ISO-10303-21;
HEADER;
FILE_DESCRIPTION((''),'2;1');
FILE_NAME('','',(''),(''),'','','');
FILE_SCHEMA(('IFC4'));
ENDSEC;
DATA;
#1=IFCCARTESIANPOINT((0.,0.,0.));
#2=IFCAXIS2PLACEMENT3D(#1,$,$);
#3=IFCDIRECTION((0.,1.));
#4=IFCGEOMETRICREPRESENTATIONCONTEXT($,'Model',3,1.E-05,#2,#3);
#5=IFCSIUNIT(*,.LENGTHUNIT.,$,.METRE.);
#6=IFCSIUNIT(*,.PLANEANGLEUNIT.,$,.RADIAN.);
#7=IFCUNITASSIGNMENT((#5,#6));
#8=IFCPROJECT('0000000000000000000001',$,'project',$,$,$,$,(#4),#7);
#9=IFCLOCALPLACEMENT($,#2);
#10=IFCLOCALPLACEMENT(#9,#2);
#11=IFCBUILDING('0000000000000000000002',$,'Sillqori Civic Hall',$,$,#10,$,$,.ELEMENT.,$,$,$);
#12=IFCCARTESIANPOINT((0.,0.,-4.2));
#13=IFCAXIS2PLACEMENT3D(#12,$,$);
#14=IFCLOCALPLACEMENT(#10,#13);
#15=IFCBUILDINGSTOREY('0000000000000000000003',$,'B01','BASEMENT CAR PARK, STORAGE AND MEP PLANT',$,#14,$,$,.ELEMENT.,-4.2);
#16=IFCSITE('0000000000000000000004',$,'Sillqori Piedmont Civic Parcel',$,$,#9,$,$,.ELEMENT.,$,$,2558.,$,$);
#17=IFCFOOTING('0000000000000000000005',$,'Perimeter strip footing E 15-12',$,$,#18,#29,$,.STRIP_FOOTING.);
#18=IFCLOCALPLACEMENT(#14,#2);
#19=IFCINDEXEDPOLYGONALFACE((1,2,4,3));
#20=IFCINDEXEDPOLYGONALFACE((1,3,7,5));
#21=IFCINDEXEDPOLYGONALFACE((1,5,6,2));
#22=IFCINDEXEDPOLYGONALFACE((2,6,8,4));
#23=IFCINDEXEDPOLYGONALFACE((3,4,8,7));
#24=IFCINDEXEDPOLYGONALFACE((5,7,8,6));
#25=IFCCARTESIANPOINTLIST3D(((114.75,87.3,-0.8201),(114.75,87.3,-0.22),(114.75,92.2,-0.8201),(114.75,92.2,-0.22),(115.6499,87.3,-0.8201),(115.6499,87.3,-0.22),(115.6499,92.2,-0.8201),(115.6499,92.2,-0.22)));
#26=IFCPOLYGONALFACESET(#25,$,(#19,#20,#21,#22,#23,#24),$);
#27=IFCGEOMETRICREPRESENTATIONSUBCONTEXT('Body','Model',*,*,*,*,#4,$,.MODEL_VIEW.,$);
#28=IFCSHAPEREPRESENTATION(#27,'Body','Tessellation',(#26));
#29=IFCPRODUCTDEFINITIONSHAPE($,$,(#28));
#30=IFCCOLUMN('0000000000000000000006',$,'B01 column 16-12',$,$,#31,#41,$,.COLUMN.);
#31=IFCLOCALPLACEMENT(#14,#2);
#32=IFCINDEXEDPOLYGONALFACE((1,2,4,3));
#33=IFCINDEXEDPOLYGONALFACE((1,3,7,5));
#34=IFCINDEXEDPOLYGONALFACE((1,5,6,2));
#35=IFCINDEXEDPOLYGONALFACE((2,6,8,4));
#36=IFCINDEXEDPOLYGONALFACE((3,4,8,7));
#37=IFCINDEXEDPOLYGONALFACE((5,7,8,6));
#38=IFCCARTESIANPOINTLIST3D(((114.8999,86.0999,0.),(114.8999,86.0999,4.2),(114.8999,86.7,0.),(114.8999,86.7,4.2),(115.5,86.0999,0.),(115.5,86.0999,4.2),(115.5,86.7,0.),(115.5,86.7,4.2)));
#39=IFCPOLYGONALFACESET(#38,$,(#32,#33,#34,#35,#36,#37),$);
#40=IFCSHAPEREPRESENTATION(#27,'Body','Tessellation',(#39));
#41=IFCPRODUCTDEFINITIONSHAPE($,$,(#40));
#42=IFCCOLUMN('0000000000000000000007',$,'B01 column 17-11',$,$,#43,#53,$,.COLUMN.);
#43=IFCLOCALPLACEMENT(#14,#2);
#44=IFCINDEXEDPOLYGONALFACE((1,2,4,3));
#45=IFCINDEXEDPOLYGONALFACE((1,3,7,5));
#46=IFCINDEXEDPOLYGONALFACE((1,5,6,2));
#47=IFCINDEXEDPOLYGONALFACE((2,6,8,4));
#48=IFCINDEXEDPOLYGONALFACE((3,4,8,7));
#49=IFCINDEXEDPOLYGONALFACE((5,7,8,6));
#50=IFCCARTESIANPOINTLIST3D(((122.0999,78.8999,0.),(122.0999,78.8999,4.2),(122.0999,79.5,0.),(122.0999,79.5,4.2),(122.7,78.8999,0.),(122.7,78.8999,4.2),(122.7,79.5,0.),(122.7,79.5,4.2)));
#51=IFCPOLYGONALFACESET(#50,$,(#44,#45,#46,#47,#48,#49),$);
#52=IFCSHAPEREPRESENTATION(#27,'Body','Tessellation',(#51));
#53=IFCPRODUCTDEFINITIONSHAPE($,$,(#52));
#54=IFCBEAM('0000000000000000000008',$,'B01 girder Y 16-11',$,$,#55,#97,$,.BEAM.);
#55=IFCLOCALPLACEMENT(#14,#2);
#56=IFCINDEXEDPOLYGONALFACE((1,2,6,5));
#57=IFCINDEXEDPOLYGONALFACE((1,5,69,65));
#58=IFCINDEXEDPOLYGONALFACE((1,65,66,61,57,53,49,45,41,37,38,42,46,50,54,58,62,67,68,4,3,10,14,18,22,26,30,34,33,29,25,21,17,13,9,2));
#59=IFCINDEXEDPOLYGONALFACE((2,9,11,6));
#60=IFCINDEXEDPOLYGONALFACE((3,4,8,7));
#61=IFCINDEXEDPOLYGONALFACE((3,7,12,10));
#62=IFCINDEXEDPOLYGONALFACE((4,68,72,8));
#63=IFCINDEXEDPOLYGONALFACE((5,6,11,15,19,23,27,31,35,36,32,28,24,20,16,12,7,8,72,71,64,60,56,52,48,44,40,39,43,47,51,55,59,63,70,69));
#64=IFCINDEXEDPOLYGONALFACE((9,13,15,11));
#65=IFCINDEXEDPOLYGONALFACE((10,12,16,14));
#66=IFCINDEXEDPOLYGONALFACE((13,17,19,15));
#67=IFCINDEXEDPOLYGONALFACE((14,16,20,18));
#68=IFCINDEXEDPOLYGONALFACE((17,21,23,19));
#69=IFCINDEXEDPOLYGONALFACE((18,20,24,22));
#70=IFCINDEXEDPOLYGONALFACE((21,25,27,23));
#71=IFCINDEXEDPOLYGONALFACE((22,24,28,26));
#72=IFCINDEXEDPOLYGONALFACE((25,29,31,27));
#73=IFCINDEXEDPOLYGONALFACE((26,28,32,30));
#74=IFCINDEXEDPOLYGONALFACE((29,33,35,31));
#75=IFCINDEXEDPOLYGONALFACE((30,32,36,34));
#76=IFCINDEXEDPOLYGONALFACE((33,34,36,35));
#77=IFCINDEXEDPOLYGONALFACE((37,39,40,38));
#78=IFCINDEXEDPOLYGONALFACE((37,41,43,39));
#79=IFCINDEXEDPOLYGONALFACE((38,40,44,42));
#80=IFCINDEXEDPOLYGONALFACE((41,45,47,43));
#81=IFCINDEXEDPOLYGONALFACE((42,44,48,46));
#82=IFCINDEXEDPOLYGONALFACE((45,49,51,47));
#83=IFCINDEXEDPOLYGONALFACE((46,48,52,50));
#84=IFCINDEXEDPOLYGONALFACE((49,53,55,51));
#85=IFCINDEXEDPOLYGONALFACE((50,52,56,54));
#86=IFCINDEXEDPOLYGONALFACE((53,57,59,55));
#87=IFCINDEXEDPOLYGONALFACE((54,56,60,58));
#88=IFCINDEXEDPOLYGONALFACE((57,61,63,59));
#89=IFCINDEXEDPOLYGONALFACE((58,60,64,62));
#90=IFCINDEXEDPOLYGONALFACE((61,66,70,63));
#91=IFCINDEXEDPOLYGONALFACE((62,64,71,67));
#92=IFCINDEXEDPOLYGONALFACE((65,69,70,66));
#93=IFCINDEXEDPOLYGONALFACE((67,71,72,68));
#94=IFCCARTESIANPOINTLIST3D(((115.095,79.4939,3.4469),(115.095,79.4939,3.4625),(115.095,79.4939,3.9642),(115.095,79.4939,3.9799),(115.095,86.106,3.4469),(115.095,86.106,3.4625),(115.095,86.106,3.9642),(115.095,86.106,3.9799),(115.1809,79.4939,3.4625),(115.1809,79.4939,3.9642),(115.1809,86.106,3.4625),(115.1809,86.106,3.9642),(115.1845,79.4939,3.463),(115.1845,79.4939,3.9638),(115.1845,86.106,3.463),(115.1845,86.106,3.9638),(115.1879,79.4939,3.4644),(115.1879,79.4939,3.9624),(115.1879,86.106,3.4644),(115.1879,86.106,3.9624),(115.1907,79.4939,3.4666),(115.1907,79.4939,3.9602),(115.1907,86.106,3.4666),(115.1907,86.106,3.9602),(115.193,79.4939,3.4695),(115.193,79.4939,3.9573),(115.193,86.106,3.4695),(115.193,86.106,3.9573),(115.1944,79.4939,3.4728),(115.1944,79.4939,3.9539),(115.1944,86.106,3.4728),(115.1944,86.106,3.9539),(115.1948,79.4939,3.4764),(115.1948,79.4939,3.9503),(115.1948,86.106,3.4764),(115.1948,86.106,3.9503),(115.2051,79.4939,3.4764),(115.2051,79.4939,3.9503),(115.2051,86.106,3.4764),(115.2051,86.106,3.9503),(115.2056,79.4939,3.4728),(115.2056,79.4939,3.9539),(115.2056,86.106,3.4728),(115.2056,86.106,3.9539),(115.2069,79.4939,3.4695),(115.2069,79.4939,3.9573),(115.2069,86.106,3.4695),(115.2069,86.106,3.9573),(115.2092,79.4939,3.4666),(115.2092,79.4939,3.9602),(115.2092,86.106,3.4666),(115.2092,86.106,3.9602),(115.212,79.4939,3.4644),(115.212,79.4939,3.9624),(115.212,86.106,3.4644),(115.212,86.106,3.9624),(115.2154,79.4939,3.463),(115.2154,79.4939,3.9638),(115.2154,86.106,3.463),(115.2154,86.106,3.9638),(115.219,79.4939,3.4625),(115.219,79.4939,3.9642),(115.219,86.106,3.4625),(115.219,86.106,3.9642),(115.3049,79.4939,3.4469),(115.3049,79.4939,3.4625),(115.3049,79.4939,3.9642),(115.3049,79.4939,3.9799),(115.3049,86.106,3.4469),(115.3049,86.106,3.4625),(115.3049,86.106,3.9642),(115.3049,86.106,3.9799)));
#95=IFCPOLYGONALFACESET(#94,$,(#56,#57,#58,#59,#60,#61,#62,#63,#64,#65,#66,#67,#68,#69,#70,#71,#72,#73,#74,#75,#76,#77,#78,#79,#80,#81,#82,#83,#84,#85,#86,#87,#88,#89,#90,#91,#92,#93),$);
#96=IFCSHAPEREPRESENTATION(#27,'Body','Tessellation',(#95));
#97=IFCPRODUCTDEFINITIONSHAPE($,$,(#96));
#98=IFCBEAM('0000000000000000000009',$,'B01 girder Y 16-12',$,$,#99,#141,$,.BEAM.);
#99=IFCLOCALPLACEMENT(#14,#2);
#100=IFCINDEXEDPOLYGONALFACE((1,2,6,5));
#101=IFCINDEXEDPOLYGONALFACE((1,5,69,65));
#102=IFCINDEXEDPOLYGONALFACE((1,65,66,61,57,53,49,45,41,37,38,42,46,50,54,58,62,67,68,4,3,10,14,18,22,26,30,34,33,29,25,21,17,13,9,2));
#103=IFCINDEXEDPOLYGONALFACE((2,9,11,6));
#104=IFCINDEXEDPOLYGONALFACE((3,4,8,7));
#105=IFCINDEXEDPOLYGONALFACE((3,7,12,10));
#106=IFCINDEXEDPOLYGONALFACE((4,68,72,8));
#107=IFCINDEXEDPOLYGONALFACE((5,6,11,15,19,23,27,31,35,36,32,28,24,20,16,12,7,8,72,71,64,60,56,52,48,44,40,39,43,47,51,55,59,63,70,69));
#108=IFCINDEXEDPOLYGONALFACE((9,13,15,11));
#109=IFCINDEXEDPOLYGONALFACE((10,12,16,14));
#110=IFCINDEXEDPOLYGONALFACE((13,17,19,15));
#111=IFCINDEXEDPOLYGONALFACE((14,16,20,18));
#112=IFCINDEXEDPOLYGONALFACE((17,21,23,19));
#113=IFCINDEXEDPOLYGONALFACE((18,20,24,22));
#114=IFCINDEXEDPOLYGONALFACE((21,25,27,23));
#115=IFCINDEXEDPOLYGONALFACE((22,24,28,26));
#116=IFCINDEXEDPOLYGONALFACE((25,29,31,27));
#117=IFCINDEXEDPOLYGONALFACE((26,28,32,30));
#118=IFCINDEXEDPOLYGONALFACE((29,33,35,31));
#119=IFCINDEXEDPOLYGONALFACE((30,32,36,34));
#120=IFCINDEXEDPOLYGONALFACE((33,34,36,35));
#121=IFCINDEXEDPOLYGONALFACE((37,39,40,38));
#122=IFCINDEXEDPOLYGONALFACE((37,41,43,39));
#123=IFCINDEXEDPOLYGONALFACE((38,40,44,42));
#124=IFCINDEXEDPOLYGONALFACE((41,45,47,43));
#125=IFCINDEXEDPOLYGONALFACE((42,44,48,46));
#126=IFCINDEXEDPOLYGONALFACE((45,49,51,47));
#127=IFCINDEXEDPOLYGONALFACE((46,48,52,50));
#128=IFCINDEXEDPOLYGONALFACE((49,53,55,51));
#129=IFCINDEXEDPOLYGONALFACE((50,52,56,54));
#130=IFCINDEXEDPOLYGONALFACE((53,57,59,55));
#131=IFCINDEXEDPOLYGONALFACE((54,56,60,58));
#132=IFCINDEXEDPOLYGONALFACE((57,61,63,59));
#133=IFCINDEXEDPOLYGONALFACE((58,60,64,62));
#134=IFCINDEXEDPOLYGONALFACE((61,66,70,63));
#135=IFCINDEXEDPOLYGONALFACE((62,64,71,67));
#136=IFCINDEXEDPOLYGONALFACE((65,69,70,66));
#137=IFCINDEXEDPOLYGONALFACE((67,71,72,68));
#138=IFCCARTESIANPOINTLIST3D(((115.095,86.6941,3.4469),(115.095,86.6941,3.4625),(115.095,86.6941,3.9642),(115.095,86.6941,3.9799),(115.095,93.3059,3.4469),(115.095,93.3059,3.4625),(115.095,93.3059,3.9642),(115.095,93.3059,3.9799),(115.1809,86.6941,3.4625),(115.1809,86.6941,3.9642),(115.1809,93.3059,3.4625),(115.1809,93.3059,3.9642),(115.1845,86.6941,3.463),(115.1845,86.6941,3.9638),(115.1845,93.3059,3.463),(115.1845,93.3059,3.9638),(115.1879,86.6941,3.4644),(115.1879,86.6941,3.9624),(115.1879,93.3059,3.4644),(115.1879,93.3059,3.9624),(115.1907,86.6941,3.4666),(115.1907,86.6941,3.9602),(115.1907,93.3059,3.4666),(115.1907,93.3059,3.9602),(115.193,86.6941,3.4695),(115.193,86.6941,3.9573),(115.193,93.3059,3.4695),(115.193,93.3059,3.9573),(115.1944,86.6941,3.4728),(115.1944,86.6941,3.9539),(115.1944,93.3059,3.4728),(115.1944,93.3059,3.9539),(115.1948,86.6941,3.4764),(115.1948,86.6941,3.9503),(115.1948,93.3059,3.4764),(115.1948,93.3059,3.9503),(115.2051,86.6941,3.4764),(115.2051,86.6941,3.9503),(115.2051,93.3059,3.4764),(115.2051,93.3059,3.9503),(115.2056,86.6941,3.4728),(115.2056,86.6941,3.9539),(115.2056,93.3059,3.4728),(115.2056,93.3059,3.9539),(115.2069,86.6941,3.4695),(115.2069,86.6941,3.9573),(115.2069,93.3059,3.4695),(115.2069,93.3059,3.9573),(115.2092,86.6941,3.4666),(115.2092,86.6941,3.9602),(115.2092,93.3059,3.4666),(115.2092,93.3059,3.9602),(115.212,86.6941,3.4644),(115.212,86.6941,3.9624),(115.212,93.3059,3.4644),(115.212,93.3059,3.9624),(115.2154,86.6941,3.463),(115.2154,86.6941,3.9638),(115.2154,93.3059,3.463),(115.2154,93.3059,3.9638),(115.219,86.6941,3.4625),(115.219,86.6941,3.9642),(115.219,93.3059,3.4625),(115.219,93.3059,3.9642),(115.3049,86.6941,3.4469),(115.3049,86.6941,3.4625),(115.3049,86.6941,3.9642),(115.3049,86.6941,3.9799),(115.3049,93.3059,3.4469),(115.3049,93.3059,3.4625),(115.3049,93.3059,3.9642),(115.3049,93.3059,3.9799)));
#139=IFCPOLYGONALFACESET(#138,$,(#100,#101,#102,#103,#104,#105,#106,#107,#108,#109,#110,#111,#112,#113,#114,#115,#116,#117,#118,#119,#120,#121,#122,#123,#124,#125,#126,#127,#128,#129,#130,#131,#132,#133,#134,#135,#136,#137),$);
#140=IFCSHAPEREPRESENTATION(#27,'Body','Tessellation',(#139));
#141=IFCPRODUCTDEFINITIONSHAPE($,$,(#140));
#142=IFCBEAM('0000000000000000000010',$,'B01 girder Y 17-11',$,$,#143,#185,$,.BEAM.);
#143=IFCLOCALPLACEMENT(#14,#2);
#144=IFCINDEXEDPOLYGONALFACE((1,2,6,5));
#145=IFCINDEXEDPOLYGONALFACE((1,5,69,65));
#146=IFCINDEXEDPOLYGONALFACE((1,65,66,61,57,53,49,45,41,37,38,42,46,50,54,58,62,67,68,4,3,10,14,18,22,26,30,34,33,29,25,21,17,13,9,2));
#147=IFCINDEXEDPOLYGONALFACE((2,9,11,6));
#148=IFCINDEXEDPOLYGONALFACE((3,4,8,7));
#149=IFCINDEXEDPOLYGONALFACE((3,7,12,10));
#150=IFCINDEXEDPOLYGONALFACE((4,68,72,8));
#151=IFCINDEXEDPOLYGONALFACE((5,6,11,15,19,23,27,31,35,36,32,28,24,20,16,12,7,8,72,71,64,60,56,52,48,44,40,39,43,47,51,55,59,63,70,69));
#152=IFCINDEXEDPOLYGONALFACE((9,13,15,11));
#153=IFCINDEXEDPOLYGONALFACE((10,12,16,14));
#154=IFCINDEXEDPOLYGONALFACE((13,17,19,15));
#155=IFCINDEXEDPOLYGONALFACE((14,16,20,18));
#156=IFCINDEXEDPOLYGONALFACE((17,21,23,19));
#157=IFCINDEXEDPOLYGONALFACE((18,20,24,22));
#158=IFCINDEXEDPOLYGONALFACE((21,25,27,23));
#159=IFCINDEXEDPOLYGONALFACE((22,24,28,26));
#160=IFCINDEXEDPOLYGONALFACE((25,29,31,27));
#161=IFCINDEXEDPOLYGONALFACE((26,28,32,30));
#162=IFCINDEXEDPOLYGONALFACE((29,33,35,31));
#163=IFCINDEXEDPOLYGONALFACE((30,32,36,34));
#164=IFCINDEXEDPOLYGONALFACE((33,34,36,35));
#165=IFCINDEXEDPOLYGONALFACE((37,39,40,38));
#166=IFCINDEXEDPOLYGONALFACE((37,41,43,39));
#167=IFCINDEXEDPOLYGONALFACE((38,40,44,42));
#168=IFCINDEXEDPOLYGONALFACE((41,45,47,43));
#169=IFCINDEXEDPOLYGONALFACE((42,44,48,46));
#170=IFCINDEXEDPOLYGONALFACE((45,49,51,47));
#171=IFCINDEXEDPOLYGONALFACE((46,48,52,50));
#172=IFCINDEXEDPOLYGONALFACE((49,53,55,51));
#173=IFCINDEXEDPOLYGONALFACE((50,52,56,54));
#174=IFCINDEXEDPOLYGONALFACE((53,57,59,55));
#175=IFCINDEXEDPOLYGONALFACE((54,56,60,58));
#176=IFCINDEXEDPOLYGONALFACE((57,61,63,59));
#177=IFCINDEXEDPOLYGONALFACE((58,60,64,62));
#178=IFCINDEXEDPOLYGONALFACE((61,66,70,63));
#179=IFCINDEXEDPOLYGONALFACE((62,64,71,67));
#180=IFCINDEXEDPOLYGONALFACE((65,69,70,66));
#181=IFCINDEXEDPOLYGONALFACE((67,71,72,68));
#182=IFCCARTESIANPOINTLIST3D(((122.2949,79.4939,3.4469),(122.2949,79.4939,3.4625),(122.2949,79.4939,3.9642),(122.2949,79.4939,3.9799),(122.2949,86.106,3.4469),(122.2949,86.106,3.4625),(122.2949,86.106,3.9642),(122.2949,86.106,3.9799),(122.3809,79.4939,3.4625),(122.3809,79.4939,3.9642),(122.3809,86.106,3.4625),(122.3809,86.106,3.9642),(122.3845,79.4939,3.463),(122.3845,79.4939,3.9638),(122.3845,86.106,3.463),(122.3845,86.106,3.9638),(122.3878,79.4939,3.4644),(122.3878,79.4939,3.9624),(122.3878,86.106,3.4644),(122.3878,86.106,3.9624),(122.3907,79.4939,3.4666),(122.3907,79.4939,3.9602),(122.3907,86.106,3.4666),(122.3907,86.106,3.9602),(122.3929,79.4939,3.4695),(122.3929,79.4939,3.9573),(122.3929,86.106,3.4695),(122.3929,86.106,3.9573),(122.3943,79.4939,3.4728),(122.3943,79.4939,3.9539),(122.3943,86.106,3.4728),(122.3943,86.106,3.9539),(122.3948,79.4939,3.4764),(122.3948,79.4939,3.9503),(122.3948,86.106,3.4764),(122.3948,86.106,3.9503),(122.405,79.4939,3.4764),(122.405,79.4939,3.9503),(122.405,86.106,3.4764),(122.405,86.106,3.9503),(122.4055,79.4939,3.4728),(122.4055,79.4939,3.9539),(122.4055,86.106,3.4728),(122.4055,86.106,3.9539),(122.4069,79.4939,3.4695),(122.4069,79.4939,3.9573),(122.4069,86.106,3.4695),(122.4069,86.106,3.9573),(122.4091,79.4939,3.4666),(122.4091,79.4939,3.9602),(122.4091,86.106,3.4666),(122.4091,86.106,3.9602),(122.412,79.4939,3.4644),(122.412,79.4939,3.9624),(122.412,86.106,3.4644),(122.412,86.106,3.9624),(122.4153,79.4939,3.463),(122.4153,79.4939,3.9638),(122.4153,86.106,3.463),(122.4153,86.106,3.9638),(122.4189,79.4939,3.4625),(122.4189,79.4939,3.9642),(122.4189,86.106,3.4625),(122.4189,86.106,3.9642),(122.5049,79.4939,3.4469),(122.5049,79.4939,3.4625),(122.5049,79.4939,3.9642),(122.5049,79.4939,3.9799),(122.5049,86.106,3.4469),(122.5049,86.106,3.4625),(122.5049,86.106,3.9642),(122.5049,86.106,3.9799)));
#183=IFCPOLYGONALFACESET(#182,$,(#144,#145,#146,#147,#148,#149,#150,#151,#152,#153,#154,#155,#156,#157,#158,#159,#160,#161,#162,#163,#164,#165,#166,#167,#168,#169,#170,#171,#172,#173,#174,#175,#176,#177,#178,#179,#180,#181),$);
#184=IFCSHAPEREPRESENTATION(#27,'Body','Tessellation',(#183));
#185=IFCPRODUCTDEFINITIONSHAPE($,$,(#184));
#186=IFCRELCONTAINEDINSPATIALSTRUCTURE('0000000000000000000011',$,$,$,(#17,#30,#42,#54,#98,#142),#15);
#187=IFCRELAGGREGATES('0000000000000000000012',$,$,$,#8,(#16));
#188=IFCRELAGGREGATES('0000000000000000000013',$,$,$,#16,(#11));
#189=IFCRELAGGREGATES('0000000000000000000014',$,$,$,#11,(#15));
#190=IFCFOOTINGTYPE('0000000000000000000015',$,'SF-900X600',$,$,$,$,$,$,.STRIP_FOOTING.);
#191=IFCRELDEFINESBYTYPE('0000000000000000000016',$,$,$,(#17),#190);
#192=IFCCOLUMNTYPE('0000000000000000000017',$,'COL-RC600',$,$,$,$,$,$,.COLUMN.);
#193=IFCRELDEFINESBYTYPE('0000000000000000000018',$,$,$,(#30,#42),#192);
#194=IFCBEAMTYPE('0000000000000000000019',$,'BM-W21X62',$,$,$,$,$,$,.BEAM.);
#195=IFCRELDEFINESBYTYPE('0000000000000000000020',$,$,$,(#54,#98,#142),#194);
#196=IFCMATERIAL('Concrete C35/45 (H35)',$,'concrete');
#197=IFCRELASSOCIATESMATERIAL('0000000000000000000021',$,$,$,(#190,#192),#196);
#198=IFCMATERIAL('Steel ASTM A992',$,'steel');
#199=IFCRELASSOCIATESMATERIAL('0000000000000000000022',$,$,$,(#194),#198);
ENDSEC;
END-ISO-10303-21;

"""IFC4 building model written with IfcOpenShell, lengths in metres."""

from ifc_helpers import new_model, si_unit, direction, frame, origin, origin_2d, place, context, subcontext, project, spatial, rectangle, i_section, extrude, material, material_profile, profile_set, type_object, element, save


model = new_model("IFC4")

# Units and contexts
model_context = context("Model", 3, precision=1e-05, world=origin(), true_north=direction((0.0, 1.0)))
body_context = subcontext(model_context, "Body", "Model", "MODEL_VIEW")
ifc_project = project(units=[si_unit("LENGTHUNIT", "METRE"), si_unit("PLANEANGLEUNIT", "RADIAN")], contexts=[model_context])

# Site, building, storey
site_placement = place(None, origin())
site = spatial("IfcSite", under=ifc_project, at=site_placement, Name="Sillqori Piedmont Civic Parcel", CompositionType="ELEMENT", RefElevation=2558.0)
building_placement = place(site_placement, origin())
building = spatial("IfcBuilding", under=site, at=building_placement, Name="Sillqori Civic Hall", CompositionType="ELEMENT")
storey_placement = place(building_placement, frame((0.0, 0.0, -4.2)))
storey = spatial("IfcBuildingStorey", under=building, at=storey_placement, Name="B01", Description="BASEMENT CAR PARK, STORAGE AND MEP PLANT", CompositionType="ELEMENT", Elevation=-4.2)

# Shared definitions
ifc_material_1 = material(Name="Concrete C35/45 (H35)", Category="concrete")

# Footing
footing_type_1 = type_object("IfcFootingType", Name="SF-900X600", PredefinedType="STRIP_FOOTING", material=ifc_material_1)
footing_1_placement = place(storey_placement, frame((115.2, 89.75, -0.8201), z_axis=(0.0, 0.0, 1.0), x_axis=(1.0, 0.0, 0.0)))
element("IfcFooting", 1, at=footing_1_placement, inside=storey, type_object=footing_type_1, Name="Perimeter strip footing E 15-12", PredefinedType="STRIP_FOOTING", context=body_context, shape_type="SweptSolid", body=[
    extrude(rectangle(XDim=0.8999, YDim=4.8999, at=origin_2d()), origin(), (0.0, 0.0, 1.0), 0.6001),
])

# Columns
ifc_material_profile_1 = material_profile(ifc_material_1, rectangle(XDim=0.6001, YDim=0.6001, at=origin_2d()), Name="RC 600x600")
ifc_profile_set_1 = profile_set([ifc_material_profile_1], Name="Concrete C35/45 (H35)")
column_type = type_object("IfcColumnType", Name="COL-RC600", PredefinedType="COLUMN", material=ifc_profile_set_1)
for number, where, z_axis, x_axis, name in (
    (2, (115.2, 86.3999, 0.0), (0.0, 0.0, 1.0), (1.0, 0.0, 0.0), "B01 column 16-12"),
    (3, (122.3999, 79.2, 0.0), (0.0, 0.0, 1.0), (1.0, 0.0, 0.0), "B01 column 17-11"),
):
    element("IfcColumn", number, at=place(storey_placement, frame(where, z_axis=z_axis, x_axis=x_axis)), inside=storey, type_object=column_type, Name=name, PredefinedType="COLUMN", context=body_context, shape_type="SweptSolid", body=[
        extrude(rectangle(XDim=0.6001, YDim=0.6001, at=origin_2d()), origin(), (0.0, 0.0, 1.0), 4.2),
    ])

# Beams
ifc_material_2 = material(Name="Steel ASTM A992", Category="steel")
ifc_material_profile_2 = material_profile(ifc_material_2, i_section(OverallWidth=0.21, OverallDepth=0.533, WebThickness=0.0103, FlangeThickness=0.0156, FilletRadius=0.0139, at=origin_2d()), Name="W21X62")
ifc_profile_set_2 = profile_set([ifc_material_profile_2], Name="Steel ASTM A992")
beam_type_1 = type_object("IfcBeamType", Name="BM-W21X62", PredefinedType="BEAM", material=ifc_profile_set_2)
beam_1_placement = place(storey_placement, frame((115.2, 79.4939, 3.7134), z_axis=(0.0, 1.0, 0.0), x_axis=(-1.0, 0.0, 0.0)))
element("IfcBeam", 4, at=beam_1_placement, inside=storey, type_object=beam_type_1, Name="B01 girder Y 16-11", PredefinedType="BEAM", context=body_context, shape_type="SweptSolid", body=[
    extrude(i_section(OverallWidth=0.21, OverallDepth=0.533, WebThickness=0.0103, FlangeThickness=0.0156, FilletRadius=0.0139, at=origin_2d()), origin(), (0.0, 0.0, 1.0), 6.6121),
])
beam_2_placement = place(storey_placement, frame((115.2, 86.6941, 3.7134), z_axis=(0.0, 1.0, 0.0), x_axis=(-1.0, 0.0, 0.0)))
element("IfcBeam", 5, at=beam_2_placement, inside=storey, type_object=beam_type_1, Name="B01 girder Y 16-12", PredefinedType="BEAM", context=body_context, shape_type="SweptSolid", body=[
    extrude(i_section(OverallWidth=0.21, OverallDepth=0.533, WebThickness=0.0103, FlangeThickness=0.0156, FilletRadius=0.0139, at=origin_2d()), origin(), (0.0, 0.0, 1.0), 6.6118),
])
beam_3_placement = place(storey_placement, frame((122.3999, 79.4939, 3.7134), z_axis=(0.0, 1.0, 0.0), x_axis=(-1.0, 0.0, 0.0)))
element("IfcBeam", 6, at=beam_3_placement, inside=storey, type_object=beam_type_1, Name="B01 girder Y 17-11", PredefinedType="BEAM", context=body_context, shape_type="SweptSolid", body=[
    extrude(i_section(OverallWidth=0.21, OverallDepth=0.533, WebThickness=0.0103, FlangeThickness=0.0156, FilletRadius=0.0139, at=origin_2d()), origin(), (0.0, 0.0, 1.0), 6.6121),
])

save(model, "model.ifc")
